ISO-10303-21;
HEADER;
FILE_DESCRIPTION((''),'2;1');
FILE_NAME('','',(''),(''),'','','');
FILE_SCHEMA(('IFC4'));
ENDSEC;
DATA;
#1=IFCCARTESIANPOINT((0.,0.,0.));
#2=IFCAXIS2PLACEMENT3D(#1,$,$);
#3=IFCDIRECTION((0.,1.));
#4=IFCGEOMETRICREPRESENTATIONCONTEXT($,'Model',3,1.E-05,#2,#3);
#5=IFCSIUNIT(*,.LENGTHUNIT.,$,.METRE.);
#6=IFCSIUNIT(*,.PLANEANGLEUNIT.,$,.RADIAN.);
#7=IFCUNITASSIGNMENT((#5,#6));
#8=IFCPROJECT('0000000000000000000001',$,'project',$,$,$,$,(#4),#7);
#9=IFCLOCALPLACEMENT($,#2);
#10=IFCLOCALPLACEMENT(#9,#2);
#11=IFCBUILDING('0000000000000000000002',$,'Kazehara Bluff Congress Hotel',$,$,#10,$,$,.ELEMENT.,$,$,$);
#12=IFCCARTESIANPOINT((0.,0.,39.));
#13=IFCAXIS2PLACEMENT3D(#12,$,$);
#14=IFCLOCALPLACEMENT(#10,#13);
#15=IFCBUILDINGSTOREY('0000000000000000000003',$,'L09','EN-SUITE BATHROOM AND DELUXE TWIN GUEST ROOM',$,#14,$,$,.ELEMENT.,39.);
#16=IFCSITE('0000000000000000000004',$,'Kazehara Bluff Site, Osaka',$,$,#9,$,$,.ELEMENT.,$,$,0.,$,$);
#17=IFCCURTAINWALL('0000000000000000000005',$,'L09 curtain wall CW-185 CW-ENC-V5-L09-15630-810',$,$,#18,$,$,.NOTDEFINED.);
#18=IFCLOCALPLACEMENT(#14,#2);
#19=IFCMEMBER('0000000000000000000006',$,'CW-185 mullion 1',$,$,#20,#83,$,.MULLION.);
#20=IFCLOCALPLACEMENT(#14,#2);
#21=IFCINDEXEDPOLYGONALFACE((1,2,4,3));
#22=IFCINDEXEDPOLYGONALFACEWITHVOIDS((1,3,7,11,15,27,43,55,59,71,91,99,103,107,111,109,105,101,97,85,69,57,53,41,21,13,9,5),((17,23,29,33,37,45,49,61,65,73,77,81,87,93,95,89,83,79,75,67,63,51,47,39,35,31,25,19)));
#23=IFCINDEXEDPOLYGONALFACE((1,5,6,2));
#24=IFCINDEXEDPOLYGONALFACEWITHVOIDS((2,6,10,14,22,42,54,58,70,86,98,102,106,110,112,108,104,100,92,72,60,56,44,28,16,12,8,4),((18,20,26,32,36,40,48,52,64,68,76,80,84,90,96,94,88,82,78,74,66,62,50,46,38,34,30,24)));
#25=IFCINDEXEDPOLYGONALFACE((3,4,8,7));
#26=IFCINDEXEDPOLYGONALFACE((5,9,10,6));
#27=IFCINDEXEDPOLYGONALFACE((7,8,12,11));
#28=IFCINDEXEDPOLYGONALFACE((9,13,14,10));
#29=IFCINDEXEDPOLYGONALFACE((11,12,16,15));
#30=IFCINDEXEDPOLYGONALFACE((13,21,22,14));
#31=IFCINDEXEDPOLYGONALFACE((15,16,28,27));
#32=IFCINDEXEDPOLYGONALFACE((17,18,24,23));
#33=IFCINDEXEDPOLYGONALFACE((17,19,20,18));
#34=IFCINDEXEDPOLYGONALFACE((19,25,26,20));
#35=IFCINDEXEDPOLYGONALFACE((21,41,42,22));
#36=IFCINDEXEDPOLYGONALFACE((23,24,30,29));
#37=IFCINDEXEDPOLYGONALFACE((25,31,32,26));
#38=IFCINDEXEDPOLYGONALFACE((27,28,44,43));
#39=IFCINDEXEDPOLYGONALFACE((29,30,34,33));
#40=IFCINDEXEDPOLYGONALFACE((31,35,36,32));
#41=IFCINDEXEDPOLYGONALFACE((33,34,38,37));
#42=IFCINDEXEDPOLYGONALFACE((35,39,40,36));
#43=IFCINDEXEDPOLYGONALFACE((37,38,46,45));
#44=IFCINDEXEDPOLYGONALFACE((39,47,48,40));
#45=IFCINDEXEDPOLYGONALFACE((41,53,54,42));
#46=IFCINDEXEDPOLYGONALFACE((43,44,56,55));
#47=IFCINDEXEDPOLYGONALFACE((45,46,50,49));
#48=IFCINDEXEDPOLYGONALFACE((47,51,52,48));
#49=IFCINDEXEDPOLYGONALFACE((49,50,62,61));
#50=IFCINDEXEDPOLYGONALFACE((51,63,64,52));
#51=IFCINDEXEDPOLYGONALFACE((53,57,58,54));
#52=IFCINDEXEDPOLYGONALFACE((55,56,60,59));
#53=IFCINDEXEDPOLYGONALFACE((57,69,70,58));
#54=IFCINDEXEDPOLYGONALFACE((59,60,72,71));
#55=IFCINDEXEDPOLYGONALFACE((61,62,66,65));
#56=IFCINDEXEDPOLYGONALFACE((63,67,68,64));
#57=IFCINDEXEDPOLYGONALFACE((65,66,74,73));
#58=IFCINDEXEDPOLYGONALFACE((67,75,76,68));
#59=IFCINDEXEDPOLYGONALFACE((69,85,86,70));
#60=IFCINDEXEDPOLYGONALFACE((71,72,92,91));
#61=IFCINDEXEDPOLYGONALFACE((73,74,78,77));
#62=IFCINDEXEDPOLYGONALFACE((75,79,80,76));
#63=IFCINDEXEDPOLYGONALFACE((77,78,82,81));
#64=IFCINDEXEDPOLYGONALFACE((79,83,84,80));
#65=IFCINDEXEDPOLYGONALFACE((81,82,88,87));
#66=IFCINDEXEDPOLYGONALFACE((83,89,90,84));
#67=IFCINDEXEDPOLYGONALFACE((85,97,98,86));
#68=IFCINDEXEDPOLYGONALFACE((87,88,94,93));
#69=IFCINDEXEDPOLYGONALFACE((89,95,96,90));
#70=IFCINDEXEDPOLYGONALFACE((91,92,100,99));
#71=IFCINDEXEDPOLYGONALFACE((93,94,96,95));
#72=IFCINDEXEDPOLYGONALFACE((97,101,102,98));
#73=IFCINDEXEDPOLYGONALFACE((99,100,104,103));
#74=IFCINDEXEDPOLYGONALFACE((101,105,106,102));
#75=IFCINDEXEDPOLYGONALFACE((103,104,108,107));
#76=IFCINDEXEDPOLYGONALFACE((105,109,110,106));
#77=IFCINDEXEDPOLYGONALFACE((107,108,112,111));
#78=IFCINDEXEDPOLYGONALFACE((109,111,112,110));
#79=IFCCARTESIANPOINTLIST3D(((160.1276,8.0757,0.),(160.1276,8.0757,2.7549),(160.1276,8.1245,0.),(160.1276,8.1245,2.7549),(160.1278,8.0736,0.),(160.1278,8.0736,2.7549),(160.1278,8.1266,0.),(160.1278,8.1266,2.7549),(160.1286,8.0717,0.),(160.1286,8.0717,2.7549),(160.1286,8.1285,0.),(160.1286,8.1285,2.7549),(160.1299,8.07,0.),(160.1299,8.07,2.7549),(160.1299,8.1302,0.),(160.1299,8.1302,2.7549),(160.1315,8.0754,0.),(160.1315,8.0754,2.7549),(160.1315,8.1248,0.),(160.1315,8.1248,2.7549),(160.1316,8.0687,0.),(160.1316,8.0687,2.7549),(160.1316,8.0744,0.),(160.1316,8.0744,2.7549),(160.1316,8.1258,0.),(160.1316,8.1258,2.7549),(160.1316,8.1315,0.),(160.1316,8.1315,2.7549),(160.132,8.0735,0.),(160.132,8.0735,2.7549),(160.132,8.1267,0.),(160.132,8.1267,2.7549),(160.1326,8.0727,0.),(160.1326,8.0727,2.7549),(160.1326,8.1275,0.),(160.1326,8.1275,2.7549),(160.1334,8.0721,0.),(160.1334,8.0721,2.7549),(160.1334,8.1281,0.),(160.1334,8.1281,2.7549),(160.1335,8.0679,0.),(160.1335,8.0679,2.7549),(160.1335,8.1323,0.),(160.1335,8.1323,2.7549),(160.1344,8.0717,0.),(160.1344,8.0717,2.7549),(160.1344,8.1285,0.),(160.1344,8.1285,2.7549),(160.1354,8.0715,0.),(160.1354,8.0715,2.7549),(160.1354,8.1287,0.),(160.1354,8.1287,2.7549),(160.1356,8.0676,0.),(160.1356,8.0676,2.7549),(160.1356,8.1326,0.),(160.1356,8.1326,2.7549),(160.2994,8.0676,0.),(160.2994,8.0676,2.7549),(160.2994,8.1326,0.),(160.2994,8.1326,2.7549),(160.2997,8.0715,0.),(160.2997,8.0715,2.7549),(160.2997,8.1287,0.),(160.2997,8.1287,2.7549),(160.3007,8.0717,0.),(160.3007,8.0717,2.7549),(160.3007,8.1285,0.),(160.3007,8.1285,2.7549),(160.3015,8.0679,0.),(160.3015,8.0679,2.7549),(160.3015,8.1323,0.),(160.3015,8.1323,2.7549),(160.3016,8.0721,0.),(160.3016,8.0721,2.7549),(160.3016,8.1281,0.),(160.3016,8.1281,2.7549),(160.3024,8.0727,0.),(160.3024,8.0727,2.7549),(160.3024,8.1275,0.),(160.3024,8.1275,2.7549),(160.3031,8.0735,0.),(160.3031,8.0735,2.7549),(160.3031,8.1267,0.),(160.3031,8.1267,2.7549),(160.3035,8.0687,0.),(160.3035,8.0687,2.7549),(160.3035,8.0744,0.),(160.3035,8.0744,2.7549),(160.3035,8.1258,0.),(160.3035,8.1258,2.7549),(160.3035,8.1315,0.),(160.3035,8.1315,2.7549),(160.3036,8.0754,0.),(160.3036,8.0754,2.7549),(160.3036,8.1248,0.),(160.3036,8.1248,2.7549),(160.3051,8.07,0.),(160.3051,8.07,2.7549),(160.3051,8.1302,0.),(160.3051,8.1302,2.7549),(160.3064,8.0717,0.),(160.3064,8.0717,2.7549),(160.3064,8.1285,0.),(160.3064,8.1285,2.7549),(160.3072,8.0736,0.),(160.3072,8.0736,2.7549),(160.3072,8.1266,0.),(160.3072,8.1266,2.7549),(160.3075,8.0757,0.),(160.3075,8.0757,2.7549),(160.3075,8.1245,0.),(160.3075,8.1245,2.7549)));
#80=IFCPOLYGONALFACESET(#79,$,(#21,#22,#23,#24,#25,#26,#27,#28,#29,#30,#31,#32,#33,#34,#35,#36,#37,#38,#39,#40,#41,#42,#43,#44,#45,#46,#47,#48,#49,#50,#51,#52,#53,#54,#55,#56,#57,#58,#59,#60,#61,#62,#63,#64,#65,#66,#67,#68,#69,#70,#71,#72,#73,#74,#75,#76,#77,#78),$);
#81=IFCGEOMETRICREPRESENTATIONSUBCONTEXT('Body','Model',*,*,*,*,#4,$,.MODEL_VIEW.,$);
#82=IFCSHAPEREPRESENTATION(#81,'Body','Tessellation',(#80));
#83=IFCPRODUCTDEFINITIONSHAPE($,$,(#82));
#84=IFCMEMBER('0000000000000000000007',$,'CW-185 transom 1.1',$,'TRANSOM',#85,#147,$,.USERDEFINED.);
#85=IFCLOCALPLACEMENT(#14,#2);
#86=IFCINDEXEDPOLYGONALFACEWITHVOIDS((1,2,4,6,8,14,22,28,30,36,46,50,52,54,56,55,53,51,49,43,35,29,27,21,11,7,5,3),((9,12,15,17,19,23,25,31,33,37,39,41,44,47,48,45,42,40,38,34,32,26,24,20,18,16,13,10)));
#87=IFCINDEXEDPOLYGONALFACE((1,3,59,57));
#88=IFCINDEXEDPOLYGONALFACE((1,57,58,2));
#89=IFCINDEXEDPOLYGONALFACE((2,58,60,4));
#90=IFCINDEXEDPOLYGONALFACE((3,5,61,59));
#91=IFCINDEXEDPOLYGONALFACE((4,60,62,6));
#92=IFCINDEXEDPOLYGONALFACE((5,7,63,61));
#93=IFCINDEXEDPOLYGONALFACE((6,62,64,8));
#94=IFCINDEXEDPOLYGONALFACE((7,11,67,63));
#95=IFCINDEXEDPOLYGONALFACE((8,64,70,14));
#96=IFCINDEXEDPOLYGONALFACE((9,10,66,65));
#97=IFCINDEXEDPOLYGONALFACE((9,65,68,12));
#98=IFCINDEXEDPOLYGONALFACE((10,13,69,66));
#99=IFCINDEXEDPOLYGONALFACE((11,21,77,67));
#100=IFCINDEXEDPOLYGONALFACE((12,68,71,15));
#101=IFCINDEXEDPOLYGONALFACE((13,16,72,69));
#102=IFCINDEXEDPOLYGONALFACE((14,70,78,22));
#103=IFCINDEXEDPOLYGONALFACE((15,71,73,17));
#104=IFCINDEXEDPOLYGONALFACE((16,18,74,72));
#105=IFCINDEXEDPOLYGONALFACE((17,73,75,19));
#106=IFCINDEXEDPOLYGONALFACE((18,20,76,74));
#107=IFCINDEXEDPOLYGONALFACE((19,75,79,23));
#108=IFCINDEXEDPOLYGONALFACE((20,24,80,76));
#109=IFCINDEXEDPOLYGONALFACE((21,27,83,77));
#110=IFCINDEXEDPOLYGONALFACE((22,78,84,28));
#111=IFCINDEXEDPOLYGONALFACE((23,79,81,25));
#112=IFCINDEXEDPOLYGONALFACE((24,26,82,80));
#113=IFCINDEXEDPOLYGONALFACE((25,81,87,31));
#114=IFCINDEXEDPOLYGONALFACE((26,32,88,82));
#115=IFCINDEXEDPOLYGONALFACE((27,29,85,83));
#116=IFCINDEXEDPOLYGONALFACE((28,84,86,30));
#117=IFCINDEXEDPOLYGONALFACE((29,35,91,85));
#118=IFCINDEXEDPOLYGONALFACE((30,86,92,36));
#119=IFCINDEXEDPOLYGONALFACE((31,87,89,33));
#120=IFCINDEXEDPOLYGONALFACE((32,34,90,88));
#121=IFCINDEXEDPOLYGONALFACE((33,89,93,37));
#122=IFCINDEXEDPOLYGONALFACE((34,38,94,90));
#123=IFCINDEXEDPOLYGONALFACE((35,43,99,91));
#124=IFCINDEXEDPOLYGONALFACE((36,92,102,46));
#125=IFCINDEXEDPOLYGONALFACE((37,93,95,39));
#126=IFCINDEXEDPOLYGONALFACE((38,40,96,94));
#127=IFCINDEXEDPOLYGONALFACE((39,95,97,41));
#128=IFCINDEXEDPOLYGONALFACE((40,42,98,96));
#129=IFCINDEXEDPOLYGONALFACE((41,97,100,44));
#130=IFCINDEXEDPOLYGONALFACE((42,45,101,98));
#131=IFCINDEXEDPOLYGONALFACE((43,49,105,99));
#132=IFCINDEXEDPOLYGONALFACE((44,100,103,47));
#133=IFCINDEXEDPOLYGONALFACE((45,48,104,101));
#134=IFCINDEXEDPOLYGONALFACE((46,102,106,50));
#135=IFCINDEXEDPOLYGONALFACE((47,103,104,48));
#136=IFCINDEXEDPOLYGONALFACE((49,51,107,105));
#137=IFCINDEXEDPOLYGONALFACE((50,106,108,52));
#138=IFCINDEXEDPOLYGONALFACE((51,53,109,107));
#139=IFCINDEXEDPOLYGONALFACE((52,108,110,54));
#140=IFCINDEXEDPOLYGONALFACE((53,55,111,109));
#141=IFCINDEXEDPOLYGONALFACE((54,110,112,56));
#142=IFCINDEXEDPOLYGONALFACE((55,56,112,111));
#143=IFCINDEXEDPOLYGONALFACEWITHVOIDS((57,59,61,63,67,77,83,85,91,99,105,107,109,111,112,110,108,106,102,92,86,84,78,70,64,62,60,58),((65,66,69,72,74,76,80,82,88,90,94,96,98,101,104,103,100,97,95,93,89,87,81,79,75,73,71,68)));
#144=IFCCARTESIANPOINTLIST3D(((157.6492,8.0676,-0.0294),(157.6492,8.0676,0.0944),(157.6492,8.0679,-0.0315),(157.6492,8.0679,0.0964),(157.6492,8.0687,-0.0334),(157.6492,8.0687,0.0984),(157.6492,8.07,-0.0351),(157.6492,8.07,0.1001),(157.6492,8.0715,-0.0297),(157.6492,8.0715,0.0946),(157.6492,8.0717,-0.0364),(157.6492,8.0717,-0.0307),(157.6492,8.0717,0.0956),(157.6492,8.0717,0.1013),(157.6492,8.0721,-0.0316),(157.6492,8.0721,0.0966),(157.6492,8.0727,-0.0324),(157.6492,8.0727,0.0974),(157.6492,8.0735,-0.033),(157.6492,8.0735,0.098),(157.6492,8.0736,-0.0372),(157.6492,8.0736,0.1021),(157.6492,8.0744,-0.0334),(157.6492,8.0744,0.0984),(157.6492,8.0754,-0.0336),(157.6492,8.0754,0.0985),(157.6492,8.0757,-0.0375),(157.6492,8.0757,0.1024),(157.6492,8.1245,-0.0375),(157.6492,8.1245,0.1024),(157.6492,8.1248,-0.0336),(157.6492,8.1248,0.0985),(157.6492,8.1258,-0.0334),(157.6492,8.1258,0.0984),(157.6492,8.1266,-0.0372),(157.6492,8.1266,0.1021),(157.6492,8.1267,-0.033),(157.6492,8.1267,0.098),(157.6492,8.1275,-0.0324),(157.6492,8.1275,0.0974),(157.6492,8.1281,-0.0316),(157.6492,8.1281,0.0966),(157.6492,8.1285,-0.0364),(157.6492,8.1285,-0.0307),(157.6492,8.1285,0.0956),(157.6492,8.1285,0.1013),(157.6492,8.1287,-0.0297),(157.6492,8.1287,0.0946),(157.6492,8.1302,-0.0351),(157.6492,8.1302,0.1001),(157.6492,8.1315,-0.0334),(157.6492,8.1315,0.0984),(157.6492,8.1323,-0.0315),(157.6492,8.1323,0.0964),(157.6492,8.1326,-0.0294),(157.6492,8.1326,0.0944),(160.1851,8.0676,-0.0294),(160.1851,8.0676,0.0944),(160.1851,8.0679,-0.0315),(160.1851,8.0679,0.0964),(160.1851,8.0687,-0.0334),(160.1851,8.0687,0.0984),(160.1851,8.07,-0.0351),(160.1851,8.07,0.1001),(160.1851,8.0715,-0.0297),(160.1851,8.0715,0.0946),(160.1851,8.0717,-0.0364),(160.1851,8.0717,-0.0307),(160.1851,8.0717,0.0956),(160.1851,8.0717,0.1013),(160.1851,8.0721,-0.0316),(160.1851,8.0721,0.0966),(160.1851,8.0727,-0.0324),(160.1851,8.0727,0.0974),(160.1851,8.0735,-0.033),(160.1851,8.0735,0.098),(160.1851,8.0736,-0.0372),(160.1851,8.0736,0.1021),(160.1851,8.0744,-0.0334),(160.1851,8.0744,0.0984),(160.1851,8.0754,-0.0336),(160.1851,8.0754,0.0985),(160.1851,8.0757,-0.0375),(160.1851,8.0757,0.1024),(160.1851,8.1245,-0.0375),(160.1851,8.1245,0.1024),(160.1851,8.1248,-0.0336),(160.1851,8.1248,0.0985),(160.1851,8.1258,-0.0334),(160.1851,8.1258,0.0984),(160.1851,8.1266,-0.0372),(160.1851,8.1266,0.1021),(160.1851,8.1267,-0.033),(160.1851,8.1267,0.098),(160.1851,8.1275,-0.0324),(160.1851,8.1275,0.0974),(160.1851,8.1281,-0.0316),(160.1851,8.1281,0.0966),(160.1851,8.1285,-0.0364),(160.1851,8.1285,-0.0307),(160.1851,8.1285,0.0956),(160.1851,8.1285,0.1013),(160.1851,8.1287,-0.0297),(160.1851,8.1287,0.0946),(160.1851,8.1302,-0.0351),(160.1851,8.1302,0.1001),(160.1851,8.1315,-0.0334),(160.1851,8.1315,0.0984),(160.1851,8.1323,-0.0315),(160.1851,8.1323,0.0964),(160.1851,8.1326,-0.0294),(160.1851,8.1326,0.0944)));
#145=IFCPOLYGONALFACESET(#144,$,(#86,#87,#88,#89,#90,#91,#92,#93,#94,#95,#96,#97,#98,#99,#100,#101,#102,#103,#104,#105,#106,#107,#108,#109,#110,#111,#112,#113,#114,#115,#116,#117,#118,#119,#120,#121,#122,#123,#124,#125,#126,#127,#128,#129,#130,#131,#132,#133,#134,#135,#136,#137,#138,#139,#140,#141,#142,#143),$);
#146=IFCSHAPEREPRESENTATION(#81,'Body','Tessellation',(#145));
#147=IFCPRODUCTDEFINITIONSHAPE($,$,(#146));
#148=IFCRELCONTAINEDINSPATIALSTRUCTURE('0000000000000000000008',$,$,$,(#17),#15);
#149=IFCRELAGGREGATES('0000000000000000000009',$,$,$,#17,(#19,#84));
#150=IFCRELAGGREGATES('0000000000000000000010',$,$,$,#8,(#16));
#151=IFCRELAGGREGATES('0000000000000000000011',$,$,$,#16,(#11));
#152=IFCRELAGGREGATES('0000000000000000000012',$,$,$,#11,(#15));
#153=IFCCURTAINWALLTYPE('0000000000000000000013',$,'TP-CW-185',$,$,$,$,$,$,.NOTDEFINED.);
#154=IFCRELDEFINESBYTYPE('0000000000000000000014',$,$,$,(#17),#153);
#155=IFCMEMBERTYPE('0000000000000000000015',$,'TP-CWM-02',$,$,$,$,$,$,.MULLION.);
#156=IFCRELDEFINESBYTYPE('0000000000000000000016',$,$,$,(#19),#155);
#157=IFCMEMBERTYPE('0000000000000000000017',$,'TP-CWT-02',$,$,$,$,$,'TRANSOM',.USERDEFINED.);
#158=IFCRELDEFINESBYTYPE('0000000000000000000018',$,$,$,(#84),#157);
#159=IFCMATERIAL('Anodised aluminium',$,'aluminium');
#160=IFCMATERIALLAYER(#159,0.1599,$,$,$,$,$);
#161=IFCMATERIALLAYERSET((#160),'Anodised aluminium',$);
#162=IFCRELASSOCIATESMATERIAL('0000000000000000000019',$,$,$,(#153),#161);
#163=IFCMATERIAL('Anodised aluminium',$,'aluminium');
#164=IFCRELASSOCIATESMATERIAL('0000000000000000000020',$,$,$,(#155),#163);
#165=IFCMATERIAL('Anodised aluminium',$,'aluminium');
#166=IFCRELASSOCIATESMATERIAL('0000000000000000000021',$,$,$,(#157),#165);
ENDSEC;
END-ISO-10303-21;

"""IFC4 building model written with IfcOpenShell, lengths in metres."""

from ifc_helpers import new_model, si_unit, direction, frame, origin, origin_2d, place, context, subcontext, project, spatial, hollow_rectangle, extrude, material, layer, layer_set, material_profile, profile_set, type_object, element, aggregate, save


model = new_model("IFC4")

# Units and contexts
model_context = context("Model", 3, precision=1e-05, world=origin(), true_north=direction((0.0, 1.0)))
body_context = subcontext(model_context, "Body", "Model", "MODEL_VIEW")
ifc_project = project(units=[si_unit("LENGTHUNIT", "METRE"), si_unit("PLANEANGLEUNIT", "RADIAN")], contexts=[model_context])

# Site, building, storey
site_placement = place(None, origin())
site = spatial("IfcSite", under=ifc_project, at=site_placement, Name="Kazehara Bluff Site, Osaka", CompositionType="ELEMENT", RefElevation=0.0)
building_placement = place(site_placement, origin())
building = spatial("IfcBuilding", under=site, at=building_placement, Name="Kazehara Bluff Congress Hotel", CompositionType="ELEMENT")
storey_placement = place(building_placement, frame((0.0, 0.0, 39.0)))
storey = spatial("IfcBuildingStorey", under=building, at=storey_placement, Name="L09", Description="EN-SUITE BATHROOM AND DELUXE TWIN GUEST ROOM", CompositionType="ELEMENT", Elevation=39.0)

# Curtain wall, members
ifc_material_1 = material(Name="Anodised aluminium", Category="aluminium")
ifc_layer_1 = layer(ifc_material_1, 0.1599)
ifc_layer_set_1 = layer_set([ifc_layer_1], Name="Anodised aluminium")
curtain_wall_type = type_object("IfcCurtainWallType", Name="TP-CW-185", PredefinedType="NOTDEFINED", material=ifc_layer_set_1)
curtain_wall_placement = place(storey_placement, origin())
curtain_wall = element("IfcCurtainWall", 1, at=curtain_wall_placement, inside=storey, type_object=curtain_wall_type, Name="L09 curtain wall CW-185 CW-ENC-V5-L09-15630-810", PredefinedType="NOTDEFINED")
ifc_material_2 = material(Name="Anodised aluminium", Category="aluminium")
ifc_material_profile_1 = material_profile(ifc_material_2, hollow_rectangle(XDim=0.0649, YDim=0.1799, WallThickness=0.0039, InnerFilletRadius=0.0039, OuterFilletRadius=0.0081, at=origin_2d()))
ifc_profile_set_1 = profile_set([ifc_material_profile_1], Name="Anodised aluminium")
member_type_1 = type_object("IfcMemberType", Name="TP-CWM-02", PredefinedType="MULLION", material=ifc_profile_set_1)
member_1_placement = place(storey_placement, frame((160.2175, 8.1001, 0.0), z_axis=(0.0, 0.0, 1.0), x_axis=(0.0, -1.0, 0.0)))
member_1 = element("IfcMember", 2, at=member_1_placement, type_object=member_type_1, Name="CW-185 mullion 1", PredefinedType="MULLION", context=body_context, shape_type="SweptSolid", body=[
    extrude(hollow_rectangle(XDim=0.0649, YDim=0.1799, WallThickness=0.0039, InnerFilletRadius=0.0039, OuterFilletRadius=0.0081, at=origin_2d()), origin(), (0.0, 0.0, 1.0), 2.7549),
])
ifc_material_3 = material(Name="Anodised aluminium", Category="aluminium")
ifc_material_profile_2 = material_profile(ifc_material_3, hollow_rectangle(XDim=0.0649, YDim=0.1399, WallThickness=0.0039, InnerFilletRadius=0.0039, OuterFilletRadius=0.0081, at=origin_2d()))
ifc_profile_set_2 = profile_set([ifc_material_profile_2], Name="Anodised aluminium")
member_type_2 = type_object("IfcMemberType", Name="TP-CWT-02", ElementType="TRANSOM", PredefinedType="USERDEFINED", material=ifc_profile_set_2)
member_2_placement = place(storey_placement, frame((160.1851, 8.1001, 0.0325), z_axis=(-1.0, 0.0, 0.0), x_axis=(0.0, -1.0, 0.0)))
member_2 = element("IfcMember", 3, at=member_2_placement, type_object=member_type_2, Name="CW-185 transom 1.1", ObjectType="TRANSOM", PredefinedType="USERDEFINED", context=body_context, shape_type="SweptSolid", body=[
    extrude(hollow_rectangle(XDim=0.0649, YDim=0.1399, WallThickness=0.0039, InnerFilletRadius=0.0039, OuterFilletRadius=0.0081, at=origin_2d()), origin(), (0.0, 0.0, 1.0), 2.5359),
])

aggregate(curtain_wall, [member_1, member_2])

save(model, "model.ifc")
